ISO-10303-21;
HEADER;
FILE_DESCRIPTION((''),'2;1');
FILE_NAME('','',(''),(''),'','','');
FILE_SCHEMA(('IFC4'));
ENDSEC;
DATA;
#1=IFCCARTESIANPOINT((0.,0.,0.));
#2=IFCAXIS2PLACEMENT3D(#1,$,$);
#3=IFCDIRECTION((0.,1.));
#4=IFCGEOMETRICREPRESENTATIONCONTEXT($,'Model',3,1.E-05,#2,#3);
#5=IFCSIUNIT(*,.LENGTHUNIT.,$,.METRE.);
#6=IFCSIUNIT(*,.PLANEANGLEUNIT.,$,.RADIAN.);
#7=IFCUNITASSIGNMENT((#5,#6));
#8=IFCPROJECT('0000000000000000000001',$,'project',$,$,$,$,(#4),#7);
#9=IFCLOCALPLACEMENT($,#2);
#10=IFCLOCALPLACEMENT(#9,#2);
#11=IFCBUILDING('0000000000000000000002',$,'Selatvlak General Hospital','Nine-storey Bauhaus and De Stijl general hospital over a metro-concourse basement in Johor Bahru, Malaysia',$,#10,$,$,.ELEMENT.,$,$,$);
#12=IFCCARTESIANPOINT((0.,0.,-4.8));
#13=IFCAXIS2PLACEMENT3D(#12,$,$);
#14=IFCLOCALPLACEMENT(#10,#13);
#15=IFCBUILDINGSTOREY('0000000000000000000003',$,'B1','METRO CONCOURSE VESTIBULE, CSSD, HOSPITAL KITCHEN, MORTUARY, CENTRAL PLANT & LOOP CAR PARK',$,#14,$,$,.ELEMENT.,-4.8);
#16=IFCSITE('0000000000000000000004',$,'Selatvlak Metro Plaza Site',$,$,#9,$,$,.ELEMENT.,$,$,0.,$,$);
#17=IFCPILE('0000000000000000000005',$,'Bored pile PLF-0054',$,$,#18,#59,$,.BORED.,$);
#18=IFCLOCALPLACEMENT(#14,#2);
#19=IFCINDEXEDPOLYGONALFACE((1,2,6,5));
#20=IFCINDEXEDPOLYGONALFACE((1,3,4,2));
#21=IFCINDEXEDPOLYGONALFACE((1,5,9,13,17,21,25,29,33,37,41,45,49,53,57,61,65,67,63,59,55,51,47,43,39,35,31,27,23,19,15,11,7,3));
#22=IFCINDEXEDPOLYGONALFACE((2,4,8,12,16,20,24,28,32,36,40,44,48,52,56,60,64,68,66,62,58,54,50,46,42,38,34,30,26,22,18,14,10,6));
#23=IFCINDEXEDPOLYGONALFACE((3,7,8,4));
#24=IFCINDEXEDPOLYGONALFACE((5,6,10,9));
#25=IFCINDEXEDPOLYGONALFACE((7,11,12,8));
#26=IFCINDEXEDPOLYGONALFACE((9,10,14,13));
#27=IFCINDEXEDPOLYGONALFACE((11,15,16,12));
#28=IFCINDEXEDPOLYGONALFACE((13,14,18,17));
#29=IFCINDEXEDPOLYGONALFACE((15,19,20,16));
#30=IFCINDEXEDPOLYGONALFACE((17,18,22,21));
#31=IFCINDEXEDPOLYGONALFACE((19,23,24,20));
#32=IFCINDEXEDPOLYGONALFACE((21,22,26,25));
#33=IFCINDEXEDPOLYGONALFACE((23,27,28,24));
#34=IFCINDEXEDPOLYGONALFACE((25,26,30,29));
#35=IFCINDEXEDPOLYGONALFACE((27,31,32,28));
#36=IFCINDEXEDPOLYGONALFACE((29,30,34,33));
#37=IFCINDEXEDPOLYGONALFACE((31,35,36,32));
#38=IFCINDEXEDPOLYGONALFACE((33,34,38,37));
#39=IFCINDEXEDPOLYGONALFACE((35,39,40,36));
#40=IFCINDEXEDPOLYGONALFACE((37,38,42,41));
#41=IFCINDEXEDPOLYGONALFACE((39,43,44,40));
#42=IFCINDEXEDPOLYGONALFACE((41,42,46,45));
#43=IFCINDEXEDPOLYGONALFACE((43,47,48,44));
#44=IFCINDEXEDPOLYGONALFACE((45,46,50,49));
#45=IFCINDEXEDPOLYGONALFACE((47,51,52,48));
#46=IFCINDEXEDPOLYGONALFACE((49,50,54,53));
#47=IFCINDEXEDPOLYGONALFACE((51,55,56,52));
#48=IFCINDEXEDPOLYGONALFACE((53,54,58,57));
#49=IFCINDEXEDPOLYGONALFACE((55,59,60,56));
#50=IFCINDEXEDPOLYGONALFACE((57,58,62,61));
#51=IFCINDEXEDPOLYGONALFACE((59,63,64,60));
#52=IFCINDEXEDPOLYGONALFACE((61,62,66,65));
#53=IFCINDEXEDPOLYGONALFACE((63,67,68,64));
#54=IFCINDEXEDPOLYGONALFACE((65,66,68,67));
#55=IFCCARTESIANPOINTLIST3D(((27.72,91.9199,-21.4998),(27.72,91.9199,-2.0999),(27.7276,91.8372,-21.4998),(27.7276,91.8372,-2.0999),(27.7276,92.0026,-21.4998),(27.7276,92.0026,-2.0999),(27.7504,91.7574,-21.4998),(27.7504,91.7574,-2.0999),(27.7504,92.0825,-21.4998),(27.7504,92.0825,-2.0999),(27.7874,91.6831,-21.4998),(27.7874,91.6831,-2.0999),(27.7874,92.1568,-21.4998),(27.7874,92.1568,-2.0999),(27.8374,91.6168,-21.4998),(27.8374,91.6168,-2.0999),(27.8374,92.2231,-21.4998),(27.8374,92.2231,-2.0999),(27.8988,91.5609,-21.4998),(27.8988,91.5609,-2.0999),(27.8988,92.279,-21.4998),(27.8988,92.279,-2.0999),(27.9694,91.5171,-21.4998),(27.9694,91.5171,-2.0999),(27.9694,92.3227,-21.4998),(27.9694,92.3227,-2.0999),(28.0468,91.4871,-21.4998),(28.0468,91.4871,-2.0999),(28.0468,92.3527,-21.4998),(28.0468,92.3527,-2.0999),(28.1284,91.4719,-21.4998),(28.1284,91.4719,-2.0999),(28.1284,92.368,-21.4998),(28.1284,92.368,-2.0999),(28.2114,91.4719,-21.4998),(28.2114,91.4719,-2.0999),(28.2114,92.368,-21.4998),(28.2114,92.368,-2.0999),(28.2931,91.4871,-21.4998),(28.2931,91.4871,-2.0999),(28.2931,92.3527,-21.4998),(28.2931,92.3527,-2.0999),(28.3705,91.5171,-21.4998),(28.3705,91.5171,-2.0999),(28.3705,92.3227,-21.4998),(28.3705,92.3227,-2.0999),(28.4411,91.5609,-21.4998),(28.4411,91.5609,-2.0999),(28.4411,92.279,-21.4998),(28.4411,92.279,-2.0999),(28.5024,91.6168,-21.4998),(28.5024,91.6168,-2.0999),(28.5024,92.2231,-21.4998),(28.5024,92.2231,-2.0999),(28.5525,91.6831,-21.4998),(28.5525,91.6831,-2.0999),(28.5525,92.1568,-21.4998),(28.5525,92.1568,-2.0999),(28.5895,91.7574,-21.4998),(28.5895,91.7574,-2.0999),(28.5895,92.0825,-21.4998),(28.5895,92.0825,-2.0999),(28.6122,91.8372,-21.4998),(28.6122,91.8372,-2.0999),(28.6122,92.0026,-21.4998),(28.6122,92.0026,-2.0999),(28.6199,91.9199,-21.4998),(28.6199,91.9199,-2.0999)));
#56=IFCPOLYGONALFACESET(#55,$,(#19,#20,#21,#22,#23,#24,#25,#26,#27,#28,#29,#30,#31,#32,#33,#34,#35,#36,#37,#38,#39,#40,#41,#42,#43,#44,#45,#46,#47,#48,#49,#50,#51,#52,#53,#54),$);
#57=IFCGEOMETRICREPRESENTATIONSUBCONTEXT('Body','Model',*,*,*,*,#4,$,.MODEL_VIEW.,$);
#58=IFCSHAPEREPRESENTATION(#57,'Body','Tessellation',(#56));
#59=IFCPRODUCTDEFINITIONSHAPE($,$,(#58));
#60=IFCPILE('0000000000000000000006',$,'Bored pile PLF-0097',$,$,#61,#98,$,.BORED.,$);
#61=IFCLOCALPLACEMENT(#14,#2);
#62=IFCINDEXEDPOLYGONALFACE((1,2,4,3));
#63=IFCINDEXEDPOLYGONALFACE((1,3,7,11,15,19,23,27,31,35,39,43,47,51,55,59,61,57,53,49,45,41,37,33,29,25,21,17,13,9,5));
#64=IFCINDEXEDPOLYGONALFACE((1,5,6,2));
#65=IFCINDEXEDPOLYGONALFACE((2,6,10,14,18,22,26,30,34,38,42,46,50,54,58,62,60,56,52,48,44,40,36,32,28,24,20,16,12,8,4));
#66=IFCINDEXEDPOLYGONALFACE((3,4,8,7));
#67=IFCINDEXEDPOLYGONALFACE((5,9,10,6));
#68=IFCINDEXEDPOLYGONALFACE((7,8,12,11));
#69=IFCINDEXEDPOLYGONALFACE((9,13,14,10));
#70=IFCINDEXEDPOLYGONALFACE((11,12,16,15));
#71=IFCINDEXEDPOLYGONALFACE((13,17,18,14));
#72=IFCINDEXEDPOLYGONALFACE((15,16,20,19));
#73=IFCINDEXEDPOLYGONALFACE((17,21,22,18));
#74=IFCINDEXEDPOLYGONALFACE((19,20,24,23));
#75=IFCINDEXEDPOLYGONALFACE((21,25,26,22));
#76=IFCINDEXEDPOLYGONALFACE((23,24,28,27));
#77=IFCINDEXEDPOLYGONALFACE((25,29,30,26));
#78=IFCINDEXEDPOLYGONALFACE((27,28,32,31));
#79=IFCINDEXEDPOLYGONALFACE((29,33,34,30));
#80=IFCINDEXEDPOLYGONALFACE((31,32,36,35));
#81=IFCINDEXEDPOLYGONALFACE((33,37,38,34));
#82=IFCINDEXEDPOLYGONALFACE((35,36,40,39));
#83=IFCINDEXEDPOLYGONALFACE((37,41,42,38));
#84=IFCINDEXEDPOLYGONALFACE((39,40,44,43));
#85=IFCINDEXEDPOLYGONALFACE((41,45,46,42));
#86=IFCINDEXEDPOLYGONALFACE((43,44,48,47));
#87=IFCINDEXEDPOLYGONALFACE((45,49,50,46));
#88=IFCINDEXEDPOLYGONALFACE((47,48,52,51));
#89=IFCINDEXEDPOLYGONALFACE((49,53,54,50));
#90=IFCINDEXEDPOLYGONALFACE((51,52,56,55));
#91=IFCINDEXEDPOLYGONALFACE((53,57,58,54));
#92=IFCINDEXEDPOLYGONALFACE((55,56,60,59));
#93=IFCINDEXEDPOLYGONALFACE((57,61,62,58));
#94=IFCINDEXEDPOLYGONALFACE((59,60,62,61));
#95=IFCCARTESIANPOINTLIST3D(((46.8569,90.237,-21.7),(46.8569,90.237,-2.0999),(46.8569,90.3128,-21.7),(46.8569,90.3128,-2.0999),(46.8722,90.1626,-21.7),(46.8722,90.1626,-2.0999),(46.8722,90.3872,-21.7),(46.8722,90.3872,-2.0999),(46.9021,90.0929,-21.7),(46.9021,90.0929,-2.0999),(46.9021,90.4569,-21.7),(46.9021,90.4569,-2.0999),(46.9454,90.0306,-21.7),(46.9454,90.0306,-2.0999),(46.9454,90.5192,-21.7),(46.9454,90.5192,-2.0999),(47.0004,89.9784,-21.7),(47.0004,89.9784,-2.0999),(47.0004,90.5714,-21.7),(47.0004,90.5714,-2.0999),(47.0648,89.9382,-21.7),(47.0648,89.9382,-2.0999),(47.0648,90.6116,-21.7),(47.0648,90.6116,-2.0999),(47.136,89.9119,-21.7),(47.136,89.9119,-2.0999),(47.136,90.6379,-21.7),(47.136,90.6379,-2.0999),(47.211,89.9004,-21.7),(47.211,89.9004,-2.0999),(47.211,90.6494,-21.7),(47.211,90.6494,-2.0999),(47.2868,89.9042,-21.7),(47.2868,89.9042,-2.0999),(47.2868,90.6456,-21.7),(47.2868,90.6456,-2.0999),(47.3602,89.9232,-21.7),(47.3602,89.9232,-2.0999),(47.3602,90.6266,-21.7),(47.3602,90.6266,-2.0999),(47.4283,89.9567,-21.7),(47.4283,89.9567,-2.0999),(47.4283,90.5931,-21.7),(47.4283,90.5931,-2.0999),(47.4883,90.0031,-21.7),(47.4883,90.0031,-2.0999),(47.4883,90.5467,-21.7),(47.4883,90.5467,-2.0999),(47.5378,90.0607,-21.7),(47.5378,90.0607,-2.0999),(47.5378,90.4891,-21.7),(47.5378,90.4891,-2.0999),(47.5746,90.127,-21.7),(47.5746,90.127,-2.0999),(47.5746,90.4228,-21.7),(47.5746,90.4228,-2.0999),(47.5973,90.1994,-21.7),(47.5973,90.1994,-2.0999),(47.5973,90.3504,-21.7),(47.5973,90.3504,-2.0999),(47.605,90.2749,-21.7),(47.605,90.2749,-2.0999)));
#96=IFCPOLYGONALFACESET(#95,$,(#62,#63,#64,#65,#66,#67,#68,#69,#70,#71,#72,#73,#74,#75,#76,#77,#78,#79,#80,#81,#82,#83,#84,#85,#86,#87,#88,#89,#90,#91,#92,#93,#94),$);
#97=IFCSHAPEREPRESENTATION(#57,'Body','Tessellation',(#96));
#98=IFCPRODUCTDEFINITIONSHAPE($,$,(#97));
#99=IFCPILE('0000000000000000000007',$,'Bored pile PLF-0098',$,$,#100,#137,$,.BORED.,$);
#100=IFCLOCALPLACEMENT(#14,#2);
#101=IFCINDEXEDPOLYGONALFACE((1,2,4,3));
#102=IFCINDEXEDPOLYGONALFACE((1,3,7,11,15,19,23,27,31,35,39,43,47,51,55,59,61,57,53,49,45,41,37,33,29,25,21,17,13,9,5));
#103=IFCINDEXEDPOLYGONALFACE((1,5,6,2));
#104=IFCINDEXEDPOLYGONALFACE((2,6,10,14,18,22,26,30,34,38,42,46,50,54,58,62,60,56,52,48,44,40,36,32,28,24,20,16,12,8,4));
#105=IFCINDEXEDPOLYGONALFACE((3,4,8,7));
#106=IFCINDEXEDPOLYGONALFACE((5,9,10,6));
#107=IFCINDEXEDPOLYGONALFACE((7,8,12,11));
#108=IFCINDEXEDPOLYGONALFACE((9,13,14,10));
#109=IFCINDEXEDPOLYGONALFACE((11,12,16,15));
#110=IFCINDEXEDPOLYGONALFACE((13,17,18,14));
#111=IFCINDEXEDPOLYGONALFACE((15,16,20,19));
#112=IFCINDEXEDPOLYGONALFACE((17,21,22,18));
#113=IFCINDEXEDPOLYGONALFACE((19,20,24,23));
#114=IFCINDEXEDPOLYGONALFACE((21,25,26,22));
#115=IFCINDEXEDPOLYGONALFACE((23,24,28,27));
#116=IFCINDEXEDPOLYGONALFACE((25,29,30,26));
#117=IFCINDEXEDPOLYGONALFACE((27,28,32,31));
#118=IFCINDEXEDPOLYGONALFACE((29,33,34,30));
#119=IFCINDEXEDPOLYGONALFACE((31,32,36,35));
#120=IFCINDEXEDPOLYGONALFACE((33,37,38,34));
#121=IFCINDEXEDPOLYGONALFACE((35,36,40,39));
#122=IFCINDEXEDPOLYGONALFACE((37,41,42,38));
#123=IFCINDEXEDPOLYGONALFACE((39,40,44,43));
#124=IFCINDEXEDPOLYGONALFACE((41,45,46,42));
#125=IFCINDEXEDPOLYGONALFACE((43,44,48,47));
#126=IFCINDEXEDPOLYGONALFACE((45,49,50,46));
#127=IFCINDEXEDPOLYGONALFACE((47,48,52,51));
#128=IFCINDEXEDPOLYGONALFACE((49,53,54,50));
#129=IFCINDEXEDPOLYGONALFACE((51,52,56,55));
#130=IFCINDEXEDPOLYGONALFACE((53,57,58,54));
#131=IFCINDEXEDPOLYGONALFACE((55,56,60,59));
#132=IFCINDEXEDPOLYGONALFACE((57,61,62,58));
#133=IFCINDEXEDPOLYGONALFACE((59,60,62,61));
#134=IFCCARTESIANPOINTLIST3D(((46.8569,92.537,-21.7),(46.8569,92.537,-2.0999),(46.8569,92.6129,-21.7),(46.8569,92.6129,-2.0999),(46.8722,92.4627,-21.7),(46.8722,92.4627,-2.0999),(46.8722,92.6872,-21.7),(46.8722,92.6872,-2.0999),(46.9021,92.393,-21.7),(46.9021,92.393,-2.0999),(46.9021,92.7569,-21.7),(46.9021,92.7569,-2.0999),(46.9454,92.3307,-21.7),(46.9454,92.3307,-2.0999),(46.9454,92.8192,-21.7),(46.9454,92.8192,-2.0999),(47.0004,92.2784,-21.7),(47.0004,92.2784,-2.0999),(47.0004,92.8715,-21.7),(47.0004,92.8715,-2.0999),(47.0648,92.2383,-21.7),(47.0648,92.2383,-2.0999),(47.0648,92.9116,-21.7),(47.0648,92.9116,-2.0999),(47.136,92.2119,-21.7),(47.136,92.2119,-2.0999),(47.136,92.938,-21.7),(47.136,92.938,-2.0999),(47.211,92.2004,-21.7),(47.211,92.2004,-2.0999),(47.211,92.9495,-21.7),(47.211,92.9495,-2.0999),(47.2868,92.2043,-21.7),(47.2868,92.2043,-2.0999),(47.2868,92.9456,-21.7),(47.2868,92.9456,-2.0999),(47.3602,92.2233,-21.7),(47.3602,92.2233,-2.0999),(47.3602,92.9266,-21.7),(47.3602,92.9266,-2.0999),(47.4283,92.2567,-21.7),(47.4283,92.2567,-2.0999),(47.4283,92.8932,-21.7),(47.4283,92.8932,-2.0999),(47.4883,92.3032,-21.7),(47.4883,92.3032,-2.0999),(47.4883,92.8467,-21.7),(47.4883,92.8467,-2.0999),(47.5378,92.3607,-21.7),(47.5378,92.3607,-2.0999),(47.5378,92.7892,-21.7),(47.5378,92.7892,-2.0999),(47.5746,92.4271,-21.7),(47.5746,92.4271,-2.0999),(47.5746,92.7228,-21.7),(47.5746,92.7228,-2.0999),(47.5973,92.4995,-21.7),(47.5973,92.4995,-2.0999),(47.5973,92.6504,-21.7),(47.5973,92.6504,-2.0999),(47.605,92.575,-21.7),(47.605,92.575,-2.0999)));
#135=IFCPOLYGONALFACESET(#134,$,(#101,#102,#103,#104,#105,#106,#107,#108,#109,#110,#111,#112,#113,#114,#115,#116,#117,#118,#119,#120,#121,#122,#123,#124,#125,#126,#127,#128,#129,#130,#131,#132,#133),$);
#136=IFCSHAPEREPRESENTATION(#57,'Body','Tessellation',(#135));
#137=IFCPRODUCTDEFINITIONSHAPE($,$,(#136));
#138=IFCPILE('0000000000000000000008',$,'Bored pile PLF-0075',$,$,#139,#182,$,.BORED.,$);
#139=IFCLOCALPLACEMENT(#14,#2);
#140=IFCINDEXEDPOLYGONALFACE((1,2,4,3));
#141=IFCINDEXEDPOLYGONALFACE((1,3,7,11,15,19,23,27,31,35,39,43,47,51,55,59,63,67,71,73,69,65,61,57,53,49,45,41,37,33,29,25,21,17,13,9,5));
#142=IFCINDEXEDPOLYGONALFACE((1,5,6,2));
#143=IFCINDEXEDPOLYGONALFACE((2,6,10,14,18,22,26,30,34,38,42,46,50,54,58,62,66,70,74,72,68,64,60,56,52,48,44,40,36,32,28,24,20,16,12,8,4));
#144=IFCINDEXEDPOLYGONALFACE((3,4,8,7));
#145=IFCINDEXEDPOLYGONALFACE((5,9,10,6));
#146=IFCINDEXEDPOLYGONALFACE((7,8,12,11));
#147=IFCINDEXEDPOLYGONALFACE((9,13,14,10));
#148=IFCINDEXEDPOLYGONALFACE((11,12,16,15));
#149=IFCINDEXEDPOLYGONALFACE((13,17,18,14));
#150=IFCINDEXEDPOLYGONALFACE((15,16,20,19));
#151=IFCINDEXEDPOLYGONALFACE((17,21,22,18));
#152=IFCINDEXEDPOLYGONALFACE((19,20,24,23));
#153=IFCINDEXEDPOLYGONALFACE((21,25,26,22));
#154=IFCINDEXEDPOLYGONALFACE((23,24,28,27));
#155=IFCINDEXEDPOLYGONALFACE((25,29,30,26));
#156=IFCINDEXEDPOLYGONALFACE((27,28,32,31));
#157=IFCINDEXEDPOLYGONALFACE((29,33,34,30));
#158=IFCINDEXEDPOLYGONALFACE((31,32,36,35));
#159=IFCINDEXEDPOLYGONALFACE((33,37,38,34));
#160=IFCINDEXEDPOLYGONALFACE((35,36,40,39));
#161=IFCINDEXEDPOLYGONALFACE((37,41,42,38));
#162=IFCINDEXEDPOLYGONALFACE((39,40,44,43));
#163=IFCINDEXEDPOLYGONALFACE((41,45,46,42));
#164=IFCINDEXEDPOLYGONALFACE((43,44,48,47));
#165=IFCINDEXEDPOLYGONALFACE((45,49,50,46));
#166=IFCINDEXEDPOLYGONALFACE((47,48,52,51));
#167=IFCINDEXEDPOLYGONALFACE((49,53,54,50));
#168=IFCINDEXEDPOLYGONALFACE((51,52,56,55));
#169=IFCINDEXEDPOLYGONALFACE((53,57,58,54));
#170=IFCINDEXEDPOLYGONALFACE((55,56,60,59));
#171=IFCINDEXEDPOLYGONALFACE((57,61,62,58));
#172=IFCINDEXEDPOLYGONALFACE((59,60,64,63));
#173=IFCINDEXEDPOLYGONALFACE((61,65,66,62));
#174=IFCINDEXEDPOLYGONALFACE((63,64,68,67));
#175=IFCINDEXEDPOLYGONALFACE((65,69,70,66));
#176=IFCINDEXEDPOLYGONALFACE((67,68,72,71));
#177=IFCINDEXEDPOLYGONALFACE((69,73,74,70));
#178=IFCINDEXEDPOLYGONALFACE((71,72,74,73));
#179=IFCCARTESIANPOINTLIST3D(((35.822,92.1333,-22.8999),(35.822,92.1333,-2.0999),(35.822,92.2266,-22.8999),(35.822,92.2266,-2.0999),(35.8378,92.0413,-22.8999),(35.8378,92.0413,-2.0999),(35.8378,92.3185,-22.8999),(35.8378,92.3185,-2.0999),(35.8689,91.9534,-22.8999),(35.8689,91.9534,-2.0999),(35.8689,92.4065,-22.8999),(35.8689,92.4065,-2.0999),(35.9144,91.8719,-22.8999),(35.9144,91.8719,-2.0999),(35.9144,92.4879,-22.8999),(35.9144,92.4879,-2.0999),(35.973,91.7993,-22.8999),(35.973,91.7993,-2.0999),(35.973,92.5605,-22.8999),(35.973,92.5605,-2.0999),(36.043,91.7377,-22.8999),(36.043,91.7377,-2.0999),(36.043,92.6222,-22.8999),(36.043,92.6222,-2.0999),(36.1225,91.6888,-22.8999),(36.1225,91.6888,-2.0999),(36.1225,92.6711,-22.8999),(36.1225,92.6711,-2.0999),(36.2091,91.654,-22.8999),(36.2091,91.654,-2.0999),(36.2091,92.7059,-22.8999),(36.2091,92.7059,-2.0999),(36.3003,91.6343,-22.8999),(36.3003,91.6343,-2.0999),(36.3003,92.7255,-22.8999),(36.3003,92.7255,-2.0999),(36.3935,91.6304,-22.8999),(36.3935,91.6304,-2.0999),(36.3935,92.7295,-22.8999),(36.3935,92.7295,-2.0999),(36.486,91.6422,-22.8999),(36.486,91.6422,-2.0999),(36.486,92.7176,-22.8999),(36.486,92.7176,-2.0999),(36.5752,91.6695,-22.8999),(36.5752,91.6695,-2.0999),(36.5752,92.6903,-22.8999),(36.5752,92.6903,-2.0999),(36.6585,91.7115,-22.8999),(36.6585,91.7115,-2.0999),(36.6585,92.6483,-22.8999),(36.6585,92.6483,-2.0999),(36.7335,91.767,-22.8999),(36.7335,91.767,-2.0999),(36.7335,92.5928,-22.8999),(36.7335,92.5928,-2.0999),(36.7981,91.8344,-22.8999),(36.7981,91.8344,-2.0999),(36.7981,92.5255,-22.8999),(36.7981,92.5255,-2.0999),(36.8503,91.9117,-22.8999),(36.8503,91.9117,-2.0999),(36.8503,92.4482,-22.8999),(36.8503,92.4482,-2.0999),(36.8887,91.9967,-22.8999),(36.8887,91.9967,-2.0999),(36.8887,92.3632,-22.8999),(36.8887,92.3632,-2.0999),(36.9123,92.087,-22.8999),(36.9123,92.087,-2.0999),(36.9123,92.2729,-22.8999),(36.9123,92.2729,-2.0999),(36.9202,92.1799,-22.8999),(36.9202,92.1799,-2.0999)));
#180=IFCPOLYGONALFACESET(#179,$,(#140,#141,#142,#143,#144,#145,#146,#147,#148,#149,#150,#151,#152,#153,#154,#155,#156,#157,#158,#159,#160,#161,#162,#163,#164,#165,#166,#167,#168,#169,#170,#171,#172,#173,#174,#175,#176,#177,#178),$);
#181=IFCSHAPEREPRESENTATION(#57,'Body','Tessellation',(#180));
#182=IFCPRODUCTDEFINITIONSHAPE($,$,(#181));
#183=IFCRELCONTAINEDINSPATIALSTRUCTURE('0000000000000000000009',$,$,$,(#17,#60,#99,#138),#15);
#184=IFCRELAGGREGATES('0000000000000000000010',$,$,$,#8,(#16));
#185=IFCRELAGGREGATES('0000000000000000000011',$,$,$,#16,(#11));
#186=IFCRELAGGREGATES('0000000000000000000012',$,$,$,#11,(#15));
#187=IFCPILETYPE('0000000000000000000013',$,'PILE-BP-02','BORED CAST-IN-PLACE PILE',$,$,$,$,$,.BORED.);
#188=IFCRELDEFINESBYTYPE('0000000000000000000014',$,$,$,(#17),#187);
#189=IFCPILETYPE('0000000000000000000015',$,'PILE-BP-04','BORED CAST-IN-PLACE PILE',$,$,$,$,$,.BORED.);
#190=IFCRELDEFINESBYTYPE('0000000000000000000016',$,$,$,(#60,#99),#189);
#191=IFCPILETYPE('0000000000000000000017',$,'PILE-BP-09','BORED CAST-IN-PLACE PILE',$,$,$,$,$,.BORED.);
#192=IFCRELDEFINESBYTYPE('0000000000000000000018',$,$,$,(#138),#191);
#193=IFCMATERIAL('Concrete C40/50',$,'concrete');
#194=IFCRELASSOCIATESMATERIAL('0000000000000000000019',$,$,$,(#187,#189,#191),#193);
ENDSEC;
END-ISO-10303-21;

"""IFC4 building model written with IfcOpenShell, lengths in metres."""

from ifc_helpers import new_model, si_unit, direction, frame, origin, origin_2d, place, context, subcontext, project, spatial, circle, extrude, material, material_profile, profile_set, type_object, element, save


model = new_model("IFC4")

# Units and contexts
model_context = context("Model", 3, precision=1e-05, world=origin(), true_north=direction((0.0, 1.0)))
body_context = subcontext(model_context, "Body", "Model", "MODEL_VIEW")
ifc_project = project(units=[si_unit("LENGTHUNIT", "METRE"), si_unit("PLANEANGLEUNIT", "RADIAN")], contexts=[model_context])

# Site, building, storey
site_placement = place(None, origin())
site = spatial("IfcSite", under=ifc_project, at=site_placement, Name="Selatvlak Metro Plaza Site", CompositionType="ELEMENT", RefElevation=0.0)
building_placement = place(site_placement, origin())
building = spatial("IfcBuilding", under=site, at=building_placement, Name="Selatvlak General Hospital", Description="Nine-storey Bauhaus and De Stijl general hospital over a metro-concourse basement in Johor Bahru, Malaysia", CompositionType="ELEMENT")
storey_placement = place(building_placement, frame((0.0, 0.0, -4.8)))
storey = spatial("IfcBuildingStorey", under=building, at=storey_placement, Name="B1", Description="METRO CONCOURSE VESTIBULE, CSSD, HOSPITAL KITCHEN, MORTUARY, CENTRAL PLANT & LOOP CAR PARK", CompositionType="ELEMENT", Elevation=-4.8)

# Shared definitions
ifc_material_1 = material(Name="Concrete C40/50", Category="concrete")

# Piles
ifc_material_profile_1 = material_profile(ifc_material_1, circle(Radius=0.45, at=origin_2d()), Name="BORED PILE 900")
ifc_profile_set_1 = profile_set([ifc_material_profile_1], Name="Concrete C40/50")
pile_type_1 = type_object("IfcPileType", Name="PILE-BP-02", Description="BORED CAST-IN-PLACE PILE", PredefinedType="BORED", material=ifc_profile_set_1)
for number, where, z_axis, x_axis, name in (
    (1, (28.1699, 91.9199, -2.0999), (0.0, 0.0, -1.0), (1.0, 0.0, 0.0), "Bored pile PLF-0054"),
):
    element("IfcPile", number, at=place(storey_placement, frame(where, z_axis=z_axis, x_axis=x_axis)), inside=storey, type_object=pile_type_1, Name=name, PredefinedType="BORED", context=body_context, shape_type="SweptSolid", body=[
        extrude(circle(Radius=0.45, at=origin_2d()), origin(), (0.0, 0.0, 1.0), 19.3999),
    ])
ifc_material_profile_2 = material_profile(ifc_material_1, circle(Radius=0.375, at=origin_2d()), Name="BORED PILE 750")
ifc_profile_set_2 = profile_set([ifc_material_profile_2], Name="Concrete C40/50")
pile_type_2 = type_object("IfcPileType", Name="PILE-BP-04", Description="BORED CAST-IN-PLACE PILE", PredefinedType="BORED", material=ifc_profile_set_2)
for number, where, z_axis, x_axis, name in (
    (2, (47.23, 90.2749, -2.0999), (0.0, 0.0, -1.0), (1.0, 0.0, 0.0), "Bored pile PLF-0097"),
    (3, (47.23, 92.575, -2.0999), (0.0, 0.0, -1.0), (1.0, 0.0, 0.0), "Bored pile PLF-0098"),
):
    element("IfcPile", number, at=place(storey_placement, frame(where, z_axis=z_axis, x_axis=x_axis)), inside=storey, type_object=pile_type_2, Name=name, PredefinedType="BORED", context=body_context, shape_type="SweptSolid", body=[
        extrude(circle(Radius=0.375, at=origin_2d()), origin(), (0.0, 0.0, 1.0), 19.6001),
    ])
ifc_material_profile_3 = material_profile(ifc_material_1, circle(Radius=0.55, at=origin_2d()), Name="BORED PILE 1100")
ifc_profile_set_3 = profile_set([ifc_material_profile_3], Name="Concrete C40/50")
pile_type_3 = type_object("IfcPileType", Name="PILE-BP-09", Description="BORED CAST-IN-PLACE PILE", PredefinedType="BORED", material=ifc_profile_set_3)
for number, where, z_axis, x_axis, name in (
    (4, (36.3701, 92.1799, -2.0999), (0.0, 0.0, -1.0), (1.0, 0.0, 0.0), "Bored pile PLF-0075"),
):
    element("IfcPile", number, at=place(storey_placement, frame(where, z_axis=z_axis, x_axis=x_axis)), inside=storey, type_object=pile_type_3, Name=name, PredefinedType="BORED", context=body_context, shape_type="SweptSolid", body=[
        extrude(circle(Radius=0.55, at=origin_2d()), origin(), (0.0, 0.0, 1.0), 20.8),
    ])

save(model, "model.ifc")
